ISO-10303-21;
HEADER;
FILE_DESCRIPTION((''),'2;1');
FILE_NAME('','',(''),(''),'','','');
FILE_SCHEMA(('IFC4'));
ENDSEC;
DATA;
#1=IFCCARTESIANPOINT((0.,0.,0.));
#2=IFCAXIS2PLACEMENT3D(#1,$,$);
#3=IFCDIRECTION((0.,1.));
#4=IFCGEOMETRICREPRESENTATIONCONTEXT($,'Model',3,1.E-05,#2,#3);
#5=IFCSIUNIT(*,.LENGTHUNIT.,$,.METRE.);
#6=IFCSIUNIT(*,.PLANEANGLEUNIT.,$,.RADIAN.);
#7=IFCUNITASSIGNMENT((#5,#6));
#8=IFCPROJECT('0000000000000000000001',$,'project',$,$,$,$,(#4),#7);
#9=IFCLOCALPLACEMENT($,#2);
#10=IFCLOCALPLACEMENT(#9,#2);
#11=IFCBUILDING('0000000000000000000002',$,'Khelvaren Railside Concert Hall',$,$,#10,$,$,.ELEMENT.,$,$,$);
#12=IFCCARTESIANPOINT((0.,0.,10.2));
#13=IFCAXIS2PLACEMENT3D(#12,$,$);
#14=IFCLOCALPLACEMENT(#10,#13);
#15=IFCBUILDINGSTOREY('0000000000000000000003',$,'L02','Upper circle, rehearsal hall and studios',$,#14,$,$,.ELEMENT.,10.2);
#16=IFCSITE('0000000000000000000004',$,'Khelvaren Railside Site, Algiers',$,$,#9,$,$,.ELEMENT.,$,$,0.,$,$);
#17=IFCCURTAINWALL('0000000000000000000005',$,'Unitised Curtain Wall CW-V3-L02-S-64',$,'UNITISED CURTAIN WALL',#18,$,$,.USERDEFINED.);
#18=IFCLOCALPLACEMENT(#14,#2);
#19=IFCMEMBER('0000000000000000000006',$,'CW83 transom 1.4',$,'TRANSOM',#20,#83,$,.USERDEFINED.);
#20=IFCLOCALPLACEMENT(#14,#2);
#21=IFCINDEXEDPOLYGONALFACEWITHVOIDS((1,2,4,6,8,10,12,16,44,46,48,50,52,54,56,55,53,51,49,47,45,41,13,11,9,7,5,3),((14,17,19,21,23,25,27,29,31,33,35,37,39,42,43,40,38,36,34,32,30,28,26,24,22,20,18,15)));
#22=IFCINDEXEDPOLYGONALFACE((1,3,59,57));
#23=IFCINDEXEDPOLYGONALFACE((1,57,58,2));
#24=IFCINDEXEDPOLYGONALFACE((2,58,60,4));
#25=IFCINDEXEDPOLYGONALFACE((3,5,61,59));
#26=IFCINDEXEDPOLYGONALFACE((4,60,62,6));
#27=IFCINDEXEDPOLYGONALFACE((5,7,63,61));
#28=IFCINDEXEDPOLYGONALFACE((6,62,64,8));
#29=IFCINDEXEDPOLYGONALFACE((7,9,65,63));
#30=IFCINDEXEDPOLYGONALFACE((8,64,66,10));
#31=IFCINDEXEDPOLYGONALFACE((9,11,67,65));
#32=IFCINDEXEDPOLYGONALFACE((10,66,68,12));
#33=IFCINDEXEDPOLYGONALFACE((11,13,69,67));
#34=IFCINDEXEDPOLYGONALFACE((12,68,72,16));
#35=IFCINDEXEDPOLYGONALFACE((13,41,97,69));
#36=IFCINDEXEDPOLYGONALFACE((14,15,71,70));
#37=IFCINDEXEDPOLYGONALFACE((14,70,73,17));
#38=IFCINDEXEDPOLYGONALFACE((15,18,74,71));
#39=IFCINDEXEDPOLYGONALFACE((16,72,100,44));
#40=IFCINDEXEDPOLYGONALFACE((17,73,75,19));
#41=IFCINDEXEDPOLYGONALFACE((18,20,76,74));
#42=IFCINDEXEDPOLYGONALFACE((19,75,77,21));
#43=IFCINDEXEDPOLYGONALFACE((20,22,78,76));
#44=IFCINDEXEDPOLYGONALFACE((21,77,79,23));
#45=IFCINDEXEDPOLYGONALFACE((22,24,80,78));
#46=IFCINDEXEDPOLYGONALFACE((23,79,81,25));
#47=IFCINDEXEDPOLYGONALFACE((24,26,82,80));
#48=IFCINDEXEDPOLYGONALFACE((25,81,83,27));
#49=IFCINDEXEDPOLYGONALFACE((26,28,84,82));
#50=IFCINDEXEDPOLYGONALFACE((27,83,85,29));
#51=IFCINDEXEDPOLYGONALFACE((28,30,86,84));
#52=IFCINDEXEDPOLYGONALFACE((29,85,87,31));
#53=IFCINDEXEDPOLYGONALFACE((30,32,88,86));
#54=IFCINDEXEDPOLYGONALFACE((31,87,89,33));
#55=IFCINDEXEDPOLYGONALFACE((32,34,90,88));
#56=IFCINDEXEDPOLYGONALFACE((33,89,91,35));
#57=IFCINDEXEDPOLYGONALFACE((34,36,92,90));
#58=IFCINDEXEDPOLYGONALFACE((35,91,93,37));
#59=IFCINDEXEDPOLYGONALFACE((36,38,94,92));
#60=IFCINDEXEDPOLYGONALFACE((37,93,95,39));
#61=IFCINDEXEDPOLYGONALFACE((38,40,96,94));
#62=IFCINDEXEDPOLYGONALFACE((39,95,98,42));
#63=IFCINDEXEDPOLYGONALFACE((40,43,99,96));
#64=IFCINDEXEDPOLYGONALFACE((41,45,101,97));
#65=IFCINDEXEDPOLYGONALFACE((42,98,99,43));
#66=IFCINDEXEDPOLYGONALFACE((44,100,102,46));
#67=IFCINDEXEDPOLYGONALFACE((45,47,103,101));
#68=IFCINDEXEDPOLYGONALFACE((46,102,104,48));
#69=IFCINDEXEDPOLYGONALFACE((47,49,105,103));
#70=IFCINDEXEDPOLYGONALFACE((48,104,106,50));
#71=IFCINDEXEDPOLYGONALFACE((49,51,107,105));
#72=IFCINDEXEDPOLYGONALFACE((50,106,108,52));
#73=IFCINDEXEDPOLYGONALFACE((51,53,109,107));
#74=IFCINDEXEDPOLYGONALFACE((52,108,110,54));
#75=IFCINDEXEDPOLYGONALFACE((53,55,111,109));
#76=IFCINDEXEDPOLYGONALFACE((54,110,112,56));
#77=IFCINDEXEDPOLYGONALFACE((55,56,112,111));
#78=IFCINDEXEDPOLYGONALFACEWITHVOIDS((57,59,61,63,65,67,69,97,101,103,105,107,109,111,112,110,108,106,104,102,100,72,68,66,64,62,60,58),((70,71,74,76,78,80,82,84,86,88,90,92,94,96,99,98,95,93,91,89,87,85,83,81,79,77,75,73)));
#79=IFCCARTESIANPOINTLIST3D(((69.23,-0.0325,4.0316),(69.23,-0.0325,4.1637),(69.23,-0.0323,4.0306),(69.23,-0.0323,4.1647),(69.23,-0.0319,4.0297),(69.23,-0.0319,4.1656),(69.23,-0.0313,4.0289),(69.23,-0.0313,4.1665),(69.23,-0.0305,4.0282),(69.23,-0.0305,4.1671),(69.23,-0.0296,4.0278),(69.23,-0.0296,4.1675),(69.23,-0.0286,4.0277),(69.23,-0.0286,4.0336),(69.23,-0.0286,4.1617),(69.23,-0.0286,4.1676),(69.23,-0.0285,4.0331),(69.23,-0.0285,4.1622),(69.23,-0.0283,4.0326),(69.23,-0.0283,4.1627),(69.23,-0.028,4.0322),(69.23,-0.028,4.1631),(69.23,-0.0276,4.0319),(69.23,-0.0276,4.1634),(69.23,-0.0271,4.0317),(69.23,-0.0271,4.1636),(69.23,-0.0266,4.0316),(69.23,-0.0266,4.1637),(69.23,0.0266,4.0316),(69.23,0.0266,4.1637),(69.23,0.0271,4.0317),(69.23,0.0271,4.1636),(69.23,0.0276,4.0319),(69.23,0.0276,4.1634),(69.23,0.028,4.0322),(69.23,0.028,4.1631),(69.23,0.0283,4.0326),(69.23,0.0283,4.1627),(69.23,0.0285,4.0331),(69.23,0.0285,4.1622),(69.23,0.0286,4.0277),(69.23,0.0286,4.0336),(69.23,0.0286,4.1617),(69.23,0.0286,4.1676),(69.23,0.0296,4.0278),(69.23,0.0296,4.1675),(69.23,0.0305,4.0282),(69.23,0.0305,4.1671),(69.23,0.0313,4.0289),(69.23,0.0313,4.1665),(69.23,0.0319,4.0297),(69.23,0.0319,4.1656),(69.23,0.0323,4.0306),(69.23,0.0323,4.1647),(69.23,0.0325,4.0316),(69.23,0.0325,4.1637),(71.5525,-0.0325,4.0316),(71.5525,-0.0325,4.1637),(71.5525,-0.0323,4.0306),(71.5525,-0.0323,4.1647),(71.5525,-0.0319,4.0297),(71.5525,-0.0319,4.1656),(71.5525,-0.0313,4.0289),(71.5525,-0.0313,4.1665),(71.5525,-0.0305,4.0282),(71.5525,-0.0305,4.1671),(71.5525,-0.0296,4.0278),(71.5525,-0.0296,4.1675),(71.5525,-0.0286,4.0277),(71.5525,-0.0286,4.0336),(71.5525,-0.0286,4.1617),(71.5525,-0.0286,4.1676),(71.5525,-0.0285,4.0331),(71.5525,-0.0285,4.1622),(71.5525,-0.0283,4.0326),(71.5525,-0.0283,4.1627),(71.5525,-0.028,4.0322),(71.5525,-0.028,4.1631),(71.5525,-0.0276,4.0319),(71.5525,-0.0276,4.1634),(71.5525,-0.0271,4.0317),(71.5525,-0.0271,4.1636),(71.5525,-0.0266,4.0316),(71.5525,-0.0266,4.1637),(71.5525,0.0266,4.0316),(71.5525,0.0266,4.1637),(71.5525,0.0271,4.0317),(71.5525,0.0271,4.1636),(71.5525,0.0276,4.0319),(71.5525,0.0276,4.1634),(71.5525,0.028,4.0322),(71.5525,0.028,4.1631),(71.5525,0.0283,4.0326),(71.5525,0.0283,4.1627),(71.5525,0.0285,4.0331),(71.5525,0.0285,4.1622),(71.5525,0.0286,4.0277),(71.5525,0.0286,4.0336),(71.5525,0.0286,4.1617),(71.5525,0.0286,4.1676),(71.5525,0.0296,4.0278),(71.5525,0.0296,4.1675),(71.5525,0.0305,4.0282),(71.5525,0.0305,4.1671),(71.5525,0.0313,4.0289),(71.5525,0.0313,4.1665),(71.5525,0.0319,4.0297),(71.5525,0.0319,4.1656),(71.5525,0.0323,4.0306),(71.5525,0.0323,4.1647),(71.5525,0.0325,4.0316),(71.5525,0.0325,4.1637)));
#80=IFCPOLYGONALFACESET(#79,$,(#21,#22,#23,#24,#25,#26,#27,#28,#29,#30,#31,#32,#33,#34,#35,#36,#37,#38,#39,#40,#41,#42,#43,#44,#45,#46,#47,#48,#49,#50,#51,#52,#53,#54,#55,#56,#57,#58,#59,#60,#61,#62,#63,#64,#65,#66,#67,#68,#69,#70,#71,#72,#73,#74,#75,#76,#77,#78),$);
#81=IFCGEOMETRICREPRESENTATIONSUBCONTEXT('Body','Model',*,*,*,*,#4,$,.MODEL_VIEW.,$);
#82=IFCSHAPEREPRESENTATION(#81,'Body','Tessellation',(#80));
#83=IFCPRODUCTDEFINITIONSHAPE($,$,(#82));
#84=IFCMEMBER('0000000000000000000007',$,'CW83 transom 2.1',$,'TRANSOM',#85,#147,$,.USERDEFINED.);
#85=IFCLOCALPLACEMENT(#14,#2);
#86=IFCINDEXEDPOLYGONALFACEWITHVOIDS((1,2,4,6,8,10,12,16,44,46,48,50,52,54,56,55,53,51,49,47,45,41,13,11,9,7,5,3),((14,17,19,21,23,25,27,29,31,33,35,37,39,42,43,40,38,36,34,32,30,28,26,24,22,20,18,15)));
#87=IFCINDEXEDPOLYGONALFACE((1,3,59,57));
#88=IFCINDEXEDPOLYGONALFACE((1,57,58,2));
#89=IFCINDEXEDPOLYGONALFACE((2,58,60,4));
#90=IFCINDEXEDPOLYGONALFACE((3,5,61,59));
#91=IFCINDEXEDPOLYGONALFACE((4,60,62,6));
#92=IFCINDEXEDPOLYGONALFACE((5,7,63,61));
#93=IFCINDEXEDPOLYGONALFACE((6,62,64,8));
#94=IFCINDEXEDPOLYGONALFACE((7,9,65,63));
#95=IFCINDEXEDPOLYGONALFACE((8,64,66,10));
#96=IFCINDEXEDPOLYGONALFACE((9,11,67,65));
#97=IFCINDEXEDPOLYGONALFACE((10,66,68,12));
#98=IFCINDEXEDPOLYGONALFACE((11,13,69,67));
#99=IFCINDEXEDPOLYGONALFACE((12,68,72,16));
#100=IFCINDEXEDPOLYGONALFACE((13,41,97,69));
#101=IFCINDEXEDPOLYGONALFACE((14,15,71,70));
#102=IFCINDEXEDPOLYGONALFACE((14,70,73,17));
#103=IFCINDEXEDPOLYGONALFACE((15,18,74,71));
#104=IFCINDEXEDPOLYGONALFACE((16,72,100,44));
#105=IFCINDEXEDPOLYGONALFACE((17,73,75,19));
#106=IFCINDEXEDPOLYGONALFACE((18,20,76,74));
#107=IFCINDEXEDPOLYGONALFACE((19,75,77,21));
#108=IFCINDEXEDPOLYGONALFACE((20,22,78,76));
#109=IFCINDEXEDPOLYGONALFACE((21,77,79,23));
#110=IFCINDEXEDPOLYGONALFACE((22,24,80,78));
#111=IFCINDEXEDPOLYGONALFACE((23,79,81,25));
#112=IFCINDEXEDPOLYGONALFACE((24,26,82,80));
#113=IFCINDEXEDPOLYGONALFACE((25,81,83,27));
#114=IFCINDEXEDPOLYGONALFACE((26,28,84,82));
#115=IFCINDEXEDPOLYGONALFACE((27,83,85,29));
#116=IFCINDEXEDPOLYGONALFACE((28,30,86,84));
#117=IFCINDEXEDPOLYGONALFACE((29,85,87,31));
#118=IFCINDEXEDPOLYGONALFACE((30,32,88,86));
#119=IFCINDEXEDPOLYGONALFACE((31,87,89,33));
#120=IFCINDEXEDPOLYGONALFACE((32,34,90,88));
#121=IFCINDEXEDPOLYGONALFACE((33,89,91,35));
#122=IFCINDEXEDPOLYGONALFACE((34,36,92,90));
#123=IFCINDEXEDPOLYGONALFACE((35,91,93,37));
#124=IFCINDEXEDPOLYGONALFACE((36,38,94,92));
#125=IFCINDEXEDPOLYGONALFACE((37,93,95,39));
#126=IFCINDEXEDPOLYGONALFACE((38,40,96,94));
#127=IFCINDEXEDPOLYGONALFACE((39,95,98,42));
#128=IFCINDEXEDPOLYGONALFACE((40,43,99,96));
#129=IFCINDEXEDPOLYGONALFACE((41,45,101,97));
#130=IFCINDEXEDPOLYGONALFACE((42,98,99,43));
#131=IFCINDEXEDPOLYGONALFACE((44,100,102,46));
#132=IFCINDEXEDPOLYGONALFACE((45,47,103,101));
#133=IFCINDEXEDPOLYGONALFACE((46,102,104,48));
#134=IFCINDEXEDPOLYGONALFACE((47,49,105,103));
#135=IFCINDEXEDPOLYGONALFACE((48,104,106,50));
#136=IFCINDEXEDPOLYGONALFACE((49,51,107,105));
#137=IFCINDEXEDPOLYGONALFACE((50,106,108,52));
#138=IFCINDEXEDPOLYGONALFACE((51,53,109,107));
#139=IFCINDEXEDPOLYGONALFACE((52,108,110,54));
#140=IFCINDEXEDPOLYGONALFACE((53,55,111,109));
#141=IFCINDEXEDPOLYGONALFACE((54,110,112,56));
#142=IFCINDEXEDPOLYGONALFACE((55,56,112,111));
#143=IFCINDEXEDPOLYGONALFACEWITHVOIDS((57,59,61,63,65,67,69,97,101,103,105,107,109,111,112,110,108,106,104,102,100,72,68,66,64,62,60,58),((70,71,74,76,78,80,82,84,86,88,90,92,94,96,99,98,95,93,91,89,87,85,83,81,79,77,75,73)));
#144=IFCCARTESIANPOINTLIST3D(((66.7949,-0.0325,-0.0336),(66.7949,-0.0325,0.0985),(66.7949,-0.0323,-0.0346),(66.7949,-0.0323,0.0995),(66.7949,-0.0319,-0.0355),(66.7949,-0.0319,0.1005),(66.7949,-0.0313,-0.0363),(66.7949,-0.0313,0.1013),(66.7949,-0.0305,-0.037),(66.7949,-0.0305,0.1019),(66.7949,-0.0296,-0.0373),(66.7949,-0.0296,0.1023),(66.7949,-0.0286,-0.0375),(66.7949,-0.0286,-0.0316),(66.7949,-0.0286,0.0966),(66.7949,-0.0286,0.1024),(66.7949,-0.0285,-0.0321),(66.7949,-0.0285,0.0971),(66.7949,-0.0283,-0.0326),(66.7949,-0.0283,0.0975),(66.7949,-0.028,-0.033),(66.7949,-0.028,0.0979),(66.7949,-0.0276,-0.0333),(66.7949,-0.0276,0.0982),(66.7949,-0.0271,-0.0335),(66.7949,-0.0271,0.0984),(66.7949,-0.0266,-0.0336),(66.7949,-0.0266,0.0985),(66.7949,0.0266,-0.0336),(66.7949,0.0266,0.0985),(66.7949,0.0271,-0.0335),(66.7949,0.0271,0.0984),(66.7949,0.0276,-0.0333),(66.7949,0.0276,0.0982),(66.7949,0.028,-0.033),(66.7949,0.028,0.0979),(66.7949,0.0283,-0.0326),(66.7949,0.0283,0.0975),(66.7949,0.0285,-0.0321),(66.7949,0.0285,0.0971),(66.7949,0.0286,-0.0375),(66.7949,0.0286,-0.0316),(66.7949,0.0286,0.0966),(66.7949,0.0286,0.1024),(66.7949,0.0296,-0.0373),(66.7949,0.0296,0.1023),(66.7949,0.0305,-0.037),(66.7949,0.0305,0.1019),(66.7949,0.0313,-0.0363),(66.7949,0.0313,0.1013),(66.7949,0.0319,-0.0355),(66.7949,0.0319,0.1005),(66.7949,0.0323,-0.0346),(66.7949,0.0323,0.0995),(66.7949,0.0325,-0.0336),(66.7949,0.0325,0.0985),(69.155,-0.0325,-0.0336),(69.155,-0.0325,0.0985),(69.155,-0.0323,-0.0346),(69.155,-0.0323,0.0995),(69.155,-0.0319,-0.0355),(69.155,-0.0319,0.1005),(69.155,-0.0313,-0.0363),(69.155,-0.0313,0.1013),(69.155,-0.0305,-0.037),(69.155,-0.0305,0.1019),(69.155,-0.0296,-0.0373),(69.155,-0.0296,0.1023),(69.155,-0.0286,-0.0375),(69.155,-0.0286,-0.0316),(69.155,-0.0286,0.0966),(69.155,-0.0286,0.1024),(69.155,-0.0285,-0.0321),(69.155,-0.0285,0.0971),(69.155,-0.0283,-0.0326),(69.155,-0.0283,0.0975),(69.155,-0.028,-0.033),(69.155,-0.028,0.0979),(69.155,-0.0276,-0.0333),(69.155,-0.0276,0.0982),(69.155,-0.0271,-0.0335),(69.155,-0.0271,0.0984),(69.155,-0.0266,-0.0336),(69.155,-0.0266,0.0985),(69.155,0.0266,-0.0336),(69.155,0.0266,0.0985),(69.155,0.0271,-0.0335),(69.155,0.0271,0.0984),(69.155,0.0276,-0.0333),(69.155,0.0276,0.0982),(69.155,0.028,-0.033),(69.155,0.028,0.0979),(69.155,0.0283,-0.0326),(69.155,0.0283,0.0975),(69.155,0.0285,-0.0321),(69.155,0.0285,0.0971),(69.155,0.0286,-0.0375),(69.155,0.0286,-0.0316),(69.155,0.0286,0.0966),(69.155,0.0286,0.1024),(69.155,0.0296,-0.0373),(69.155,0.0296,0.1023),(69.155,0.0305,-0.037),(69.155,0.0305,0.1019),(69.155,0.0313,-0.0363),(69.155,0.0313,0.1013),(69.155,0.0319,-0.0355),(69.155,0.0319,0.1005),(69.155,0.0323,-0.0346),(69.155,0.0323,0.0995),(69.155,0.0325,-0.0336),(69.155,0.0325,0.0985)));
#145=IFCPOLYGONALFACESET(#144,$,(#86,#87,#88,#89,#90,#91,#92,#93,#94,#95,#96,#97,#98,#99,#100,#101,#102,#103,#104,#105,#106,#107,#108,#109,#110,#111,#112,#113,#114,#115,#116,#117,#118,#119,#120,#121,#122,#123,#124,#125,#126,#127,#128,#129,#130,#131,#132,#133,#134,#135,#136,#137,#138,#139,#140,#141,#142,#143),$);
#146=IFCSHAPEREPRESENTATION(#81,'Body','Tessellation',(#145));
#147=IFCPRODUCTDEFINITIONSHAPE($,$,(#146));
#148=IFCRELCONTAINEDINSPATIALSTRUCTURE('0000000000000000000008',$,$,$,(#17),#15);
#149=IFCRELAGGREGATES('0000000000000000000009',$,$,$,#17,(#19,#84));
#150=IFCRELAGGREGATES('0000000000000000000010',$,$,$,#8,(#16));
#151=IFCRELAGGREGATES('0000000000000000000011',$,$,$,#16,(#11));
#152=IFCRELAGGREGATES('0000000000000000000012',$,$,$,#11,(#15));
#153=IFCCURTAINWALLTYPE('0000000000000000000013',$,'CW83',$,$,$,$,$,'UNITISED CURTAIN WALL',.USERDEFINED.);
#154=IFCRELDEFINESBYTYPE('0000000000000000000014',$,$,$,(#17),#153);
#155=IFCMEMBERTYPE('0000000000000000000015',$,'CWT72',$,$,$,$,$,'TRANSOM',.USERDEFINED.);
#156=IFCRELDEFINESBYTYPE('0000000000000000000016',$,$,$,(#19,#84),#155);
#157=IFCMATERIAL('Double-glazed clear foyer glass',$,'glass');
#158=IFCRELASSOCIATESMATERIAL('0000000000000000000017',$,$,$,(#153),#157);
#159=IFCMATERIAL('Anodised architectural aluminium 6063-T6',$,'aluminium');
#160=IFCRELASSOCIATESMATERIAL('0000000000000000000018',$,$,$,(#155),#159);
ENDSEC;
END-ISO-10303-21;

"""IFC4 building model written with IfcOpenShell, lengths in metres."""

from ifc_helpers import new_model, si_unit, direction, frame, origin, origin_2d, place, context, subcontext, project, spatial, hollow_rectangle, extrude, material, material_profile, profile_set, type_object, element, aggregate, save


model = new_model("IFC4")

# Units and contexts
model_context = context("Model", 3, precision=1e-05, world=origin(), true_north=direction((0.0, 1.0)))
body_context = subcontext(model_context, "Body", "Model", "MODEL_VIEW")
ifc_project = project(units=[si_unit("LENGTHUNIT", "METRE"), si_unit("PLANEANGLEUNIT", "RADIAN")], contexts=[model_context])

# Site, building, storey
site_placement = place(None, origin())
site = spatial("IfcSite", under=ifc_project, at=site_placement, Name="Khelvaren Railside Site, Algiers", CompositionType="ELEMENT", RefElevation=0.0)
building_placement = place(site_placement, origin())
building = spatial("IfcBuilding", under=site, at=building_placement, Name="Khelvaren Railside Concert Hall", CompositionType="ELEMENT")
storey_placement = place(building_placement, frame((0.0, 0.0, 10.2)))
storey = spatial("IfcBuildingStorey", under=building, at=storey_placement, Name="L02", Description="Upper circle, rehearsal hall and studios", CompositionType="ELEMENT", Elevation=10.2)

# Curtain wall, members
ifc_material_1 = material(Name="Double-glazed clear foyer glass", Category="glass")
curtain_wall_type = type_object("IfcCurtainWallType", Name="CW83", ElementType="UNITISED CURTAIN WALL", PredefinedType="USERDEFINED", material=ifc_material_1)
curtain_wall_placement = place(storey_placement, origin())
curtain_wall = element("IfcCurtainWall", 1, at=curtain_wall_placement, inside=storey, type_object=curtain_wall_type, Name="Unitised Curtain Wall CW-V3-L02-S-64", ObjectType="UNITISED CURTAIN WALL", PredefinedType="USERDEFINED")
ifc_material_2 = material(Name="Anodised architectural aluminium 6063-T6", Category="aluminium")
ifc_material_profile_1 = material_profile(ifc_material_2, hollow_rectangle(XDim=0.0649, YDim=0.1399, WallThickness=0.0039, InnerFilletRadius=0.002, OuterFilletRadius=0.0039, at=origin_2d()), Name="CWT 65x140x4")
ifc_profile_set_1 = profile_set([ifc_material_profile_1], Name="Anodised architectural aluminium 6063-T6")
member_type_1 = type_object("IfcMemberType", Name="CWT72", ElementType="TRANSOM", PredefinedType="USERDEFINED", material=ifc_profile_set_1)
member_1_placement = place(storey_placement, frame((71.5525, 0.0, 4.0977), z_axis=(-1.0, 0.0, 0.0), x_axis=(0.0, -1.0, 0.0)))
member_1 = element("IfcMember", 2, at=member_1_placement, type_object=member_type_1, Name="CW83 transom 1.4", ObjectType="TRANSOM", PredefinedType="USERDEFINED", context=body_context, shape_type="SweptSolid", body=[
    extrude(hollow_rectangle(XDim=0.0649, YDim=0.1399, WallThickness=0.0039, InnerFilletRadius=0.002, OuterFilletRadius=0.0039, at=origin_2d()), origin(), (0.0, 0.0, 1.0), 2.3225),
])
member_2_placement = place(storey_placement, frame((69.155, 0.0, 0.0325), z_axis=(-1.0, 0.0, 0.0), x_axis=(0.0, -1.0, 0.0)))
member_2 = element("IfcMember", 3, at=member_2_placement, type_object=member_type_1, Name="CW83 transom 2.1", ObjectType="TRANSOM", PredefinedType="USERDEFINED", context=body_context, shape_type="SweptSolid", body=[
    extrude(hollow_rectangle(XDim=0.0649, YDim=0.1399, WallThickness=0.0039, InnerFilletRadius=0.002, OuterFilletRadius=0.0039, at=origin_2d()), origin(), (0.0, 0.0, 1.0), 2.3601),
])

aggregate(curtain_wall, [member_1, member_2])

save(model, "model.ifc")
